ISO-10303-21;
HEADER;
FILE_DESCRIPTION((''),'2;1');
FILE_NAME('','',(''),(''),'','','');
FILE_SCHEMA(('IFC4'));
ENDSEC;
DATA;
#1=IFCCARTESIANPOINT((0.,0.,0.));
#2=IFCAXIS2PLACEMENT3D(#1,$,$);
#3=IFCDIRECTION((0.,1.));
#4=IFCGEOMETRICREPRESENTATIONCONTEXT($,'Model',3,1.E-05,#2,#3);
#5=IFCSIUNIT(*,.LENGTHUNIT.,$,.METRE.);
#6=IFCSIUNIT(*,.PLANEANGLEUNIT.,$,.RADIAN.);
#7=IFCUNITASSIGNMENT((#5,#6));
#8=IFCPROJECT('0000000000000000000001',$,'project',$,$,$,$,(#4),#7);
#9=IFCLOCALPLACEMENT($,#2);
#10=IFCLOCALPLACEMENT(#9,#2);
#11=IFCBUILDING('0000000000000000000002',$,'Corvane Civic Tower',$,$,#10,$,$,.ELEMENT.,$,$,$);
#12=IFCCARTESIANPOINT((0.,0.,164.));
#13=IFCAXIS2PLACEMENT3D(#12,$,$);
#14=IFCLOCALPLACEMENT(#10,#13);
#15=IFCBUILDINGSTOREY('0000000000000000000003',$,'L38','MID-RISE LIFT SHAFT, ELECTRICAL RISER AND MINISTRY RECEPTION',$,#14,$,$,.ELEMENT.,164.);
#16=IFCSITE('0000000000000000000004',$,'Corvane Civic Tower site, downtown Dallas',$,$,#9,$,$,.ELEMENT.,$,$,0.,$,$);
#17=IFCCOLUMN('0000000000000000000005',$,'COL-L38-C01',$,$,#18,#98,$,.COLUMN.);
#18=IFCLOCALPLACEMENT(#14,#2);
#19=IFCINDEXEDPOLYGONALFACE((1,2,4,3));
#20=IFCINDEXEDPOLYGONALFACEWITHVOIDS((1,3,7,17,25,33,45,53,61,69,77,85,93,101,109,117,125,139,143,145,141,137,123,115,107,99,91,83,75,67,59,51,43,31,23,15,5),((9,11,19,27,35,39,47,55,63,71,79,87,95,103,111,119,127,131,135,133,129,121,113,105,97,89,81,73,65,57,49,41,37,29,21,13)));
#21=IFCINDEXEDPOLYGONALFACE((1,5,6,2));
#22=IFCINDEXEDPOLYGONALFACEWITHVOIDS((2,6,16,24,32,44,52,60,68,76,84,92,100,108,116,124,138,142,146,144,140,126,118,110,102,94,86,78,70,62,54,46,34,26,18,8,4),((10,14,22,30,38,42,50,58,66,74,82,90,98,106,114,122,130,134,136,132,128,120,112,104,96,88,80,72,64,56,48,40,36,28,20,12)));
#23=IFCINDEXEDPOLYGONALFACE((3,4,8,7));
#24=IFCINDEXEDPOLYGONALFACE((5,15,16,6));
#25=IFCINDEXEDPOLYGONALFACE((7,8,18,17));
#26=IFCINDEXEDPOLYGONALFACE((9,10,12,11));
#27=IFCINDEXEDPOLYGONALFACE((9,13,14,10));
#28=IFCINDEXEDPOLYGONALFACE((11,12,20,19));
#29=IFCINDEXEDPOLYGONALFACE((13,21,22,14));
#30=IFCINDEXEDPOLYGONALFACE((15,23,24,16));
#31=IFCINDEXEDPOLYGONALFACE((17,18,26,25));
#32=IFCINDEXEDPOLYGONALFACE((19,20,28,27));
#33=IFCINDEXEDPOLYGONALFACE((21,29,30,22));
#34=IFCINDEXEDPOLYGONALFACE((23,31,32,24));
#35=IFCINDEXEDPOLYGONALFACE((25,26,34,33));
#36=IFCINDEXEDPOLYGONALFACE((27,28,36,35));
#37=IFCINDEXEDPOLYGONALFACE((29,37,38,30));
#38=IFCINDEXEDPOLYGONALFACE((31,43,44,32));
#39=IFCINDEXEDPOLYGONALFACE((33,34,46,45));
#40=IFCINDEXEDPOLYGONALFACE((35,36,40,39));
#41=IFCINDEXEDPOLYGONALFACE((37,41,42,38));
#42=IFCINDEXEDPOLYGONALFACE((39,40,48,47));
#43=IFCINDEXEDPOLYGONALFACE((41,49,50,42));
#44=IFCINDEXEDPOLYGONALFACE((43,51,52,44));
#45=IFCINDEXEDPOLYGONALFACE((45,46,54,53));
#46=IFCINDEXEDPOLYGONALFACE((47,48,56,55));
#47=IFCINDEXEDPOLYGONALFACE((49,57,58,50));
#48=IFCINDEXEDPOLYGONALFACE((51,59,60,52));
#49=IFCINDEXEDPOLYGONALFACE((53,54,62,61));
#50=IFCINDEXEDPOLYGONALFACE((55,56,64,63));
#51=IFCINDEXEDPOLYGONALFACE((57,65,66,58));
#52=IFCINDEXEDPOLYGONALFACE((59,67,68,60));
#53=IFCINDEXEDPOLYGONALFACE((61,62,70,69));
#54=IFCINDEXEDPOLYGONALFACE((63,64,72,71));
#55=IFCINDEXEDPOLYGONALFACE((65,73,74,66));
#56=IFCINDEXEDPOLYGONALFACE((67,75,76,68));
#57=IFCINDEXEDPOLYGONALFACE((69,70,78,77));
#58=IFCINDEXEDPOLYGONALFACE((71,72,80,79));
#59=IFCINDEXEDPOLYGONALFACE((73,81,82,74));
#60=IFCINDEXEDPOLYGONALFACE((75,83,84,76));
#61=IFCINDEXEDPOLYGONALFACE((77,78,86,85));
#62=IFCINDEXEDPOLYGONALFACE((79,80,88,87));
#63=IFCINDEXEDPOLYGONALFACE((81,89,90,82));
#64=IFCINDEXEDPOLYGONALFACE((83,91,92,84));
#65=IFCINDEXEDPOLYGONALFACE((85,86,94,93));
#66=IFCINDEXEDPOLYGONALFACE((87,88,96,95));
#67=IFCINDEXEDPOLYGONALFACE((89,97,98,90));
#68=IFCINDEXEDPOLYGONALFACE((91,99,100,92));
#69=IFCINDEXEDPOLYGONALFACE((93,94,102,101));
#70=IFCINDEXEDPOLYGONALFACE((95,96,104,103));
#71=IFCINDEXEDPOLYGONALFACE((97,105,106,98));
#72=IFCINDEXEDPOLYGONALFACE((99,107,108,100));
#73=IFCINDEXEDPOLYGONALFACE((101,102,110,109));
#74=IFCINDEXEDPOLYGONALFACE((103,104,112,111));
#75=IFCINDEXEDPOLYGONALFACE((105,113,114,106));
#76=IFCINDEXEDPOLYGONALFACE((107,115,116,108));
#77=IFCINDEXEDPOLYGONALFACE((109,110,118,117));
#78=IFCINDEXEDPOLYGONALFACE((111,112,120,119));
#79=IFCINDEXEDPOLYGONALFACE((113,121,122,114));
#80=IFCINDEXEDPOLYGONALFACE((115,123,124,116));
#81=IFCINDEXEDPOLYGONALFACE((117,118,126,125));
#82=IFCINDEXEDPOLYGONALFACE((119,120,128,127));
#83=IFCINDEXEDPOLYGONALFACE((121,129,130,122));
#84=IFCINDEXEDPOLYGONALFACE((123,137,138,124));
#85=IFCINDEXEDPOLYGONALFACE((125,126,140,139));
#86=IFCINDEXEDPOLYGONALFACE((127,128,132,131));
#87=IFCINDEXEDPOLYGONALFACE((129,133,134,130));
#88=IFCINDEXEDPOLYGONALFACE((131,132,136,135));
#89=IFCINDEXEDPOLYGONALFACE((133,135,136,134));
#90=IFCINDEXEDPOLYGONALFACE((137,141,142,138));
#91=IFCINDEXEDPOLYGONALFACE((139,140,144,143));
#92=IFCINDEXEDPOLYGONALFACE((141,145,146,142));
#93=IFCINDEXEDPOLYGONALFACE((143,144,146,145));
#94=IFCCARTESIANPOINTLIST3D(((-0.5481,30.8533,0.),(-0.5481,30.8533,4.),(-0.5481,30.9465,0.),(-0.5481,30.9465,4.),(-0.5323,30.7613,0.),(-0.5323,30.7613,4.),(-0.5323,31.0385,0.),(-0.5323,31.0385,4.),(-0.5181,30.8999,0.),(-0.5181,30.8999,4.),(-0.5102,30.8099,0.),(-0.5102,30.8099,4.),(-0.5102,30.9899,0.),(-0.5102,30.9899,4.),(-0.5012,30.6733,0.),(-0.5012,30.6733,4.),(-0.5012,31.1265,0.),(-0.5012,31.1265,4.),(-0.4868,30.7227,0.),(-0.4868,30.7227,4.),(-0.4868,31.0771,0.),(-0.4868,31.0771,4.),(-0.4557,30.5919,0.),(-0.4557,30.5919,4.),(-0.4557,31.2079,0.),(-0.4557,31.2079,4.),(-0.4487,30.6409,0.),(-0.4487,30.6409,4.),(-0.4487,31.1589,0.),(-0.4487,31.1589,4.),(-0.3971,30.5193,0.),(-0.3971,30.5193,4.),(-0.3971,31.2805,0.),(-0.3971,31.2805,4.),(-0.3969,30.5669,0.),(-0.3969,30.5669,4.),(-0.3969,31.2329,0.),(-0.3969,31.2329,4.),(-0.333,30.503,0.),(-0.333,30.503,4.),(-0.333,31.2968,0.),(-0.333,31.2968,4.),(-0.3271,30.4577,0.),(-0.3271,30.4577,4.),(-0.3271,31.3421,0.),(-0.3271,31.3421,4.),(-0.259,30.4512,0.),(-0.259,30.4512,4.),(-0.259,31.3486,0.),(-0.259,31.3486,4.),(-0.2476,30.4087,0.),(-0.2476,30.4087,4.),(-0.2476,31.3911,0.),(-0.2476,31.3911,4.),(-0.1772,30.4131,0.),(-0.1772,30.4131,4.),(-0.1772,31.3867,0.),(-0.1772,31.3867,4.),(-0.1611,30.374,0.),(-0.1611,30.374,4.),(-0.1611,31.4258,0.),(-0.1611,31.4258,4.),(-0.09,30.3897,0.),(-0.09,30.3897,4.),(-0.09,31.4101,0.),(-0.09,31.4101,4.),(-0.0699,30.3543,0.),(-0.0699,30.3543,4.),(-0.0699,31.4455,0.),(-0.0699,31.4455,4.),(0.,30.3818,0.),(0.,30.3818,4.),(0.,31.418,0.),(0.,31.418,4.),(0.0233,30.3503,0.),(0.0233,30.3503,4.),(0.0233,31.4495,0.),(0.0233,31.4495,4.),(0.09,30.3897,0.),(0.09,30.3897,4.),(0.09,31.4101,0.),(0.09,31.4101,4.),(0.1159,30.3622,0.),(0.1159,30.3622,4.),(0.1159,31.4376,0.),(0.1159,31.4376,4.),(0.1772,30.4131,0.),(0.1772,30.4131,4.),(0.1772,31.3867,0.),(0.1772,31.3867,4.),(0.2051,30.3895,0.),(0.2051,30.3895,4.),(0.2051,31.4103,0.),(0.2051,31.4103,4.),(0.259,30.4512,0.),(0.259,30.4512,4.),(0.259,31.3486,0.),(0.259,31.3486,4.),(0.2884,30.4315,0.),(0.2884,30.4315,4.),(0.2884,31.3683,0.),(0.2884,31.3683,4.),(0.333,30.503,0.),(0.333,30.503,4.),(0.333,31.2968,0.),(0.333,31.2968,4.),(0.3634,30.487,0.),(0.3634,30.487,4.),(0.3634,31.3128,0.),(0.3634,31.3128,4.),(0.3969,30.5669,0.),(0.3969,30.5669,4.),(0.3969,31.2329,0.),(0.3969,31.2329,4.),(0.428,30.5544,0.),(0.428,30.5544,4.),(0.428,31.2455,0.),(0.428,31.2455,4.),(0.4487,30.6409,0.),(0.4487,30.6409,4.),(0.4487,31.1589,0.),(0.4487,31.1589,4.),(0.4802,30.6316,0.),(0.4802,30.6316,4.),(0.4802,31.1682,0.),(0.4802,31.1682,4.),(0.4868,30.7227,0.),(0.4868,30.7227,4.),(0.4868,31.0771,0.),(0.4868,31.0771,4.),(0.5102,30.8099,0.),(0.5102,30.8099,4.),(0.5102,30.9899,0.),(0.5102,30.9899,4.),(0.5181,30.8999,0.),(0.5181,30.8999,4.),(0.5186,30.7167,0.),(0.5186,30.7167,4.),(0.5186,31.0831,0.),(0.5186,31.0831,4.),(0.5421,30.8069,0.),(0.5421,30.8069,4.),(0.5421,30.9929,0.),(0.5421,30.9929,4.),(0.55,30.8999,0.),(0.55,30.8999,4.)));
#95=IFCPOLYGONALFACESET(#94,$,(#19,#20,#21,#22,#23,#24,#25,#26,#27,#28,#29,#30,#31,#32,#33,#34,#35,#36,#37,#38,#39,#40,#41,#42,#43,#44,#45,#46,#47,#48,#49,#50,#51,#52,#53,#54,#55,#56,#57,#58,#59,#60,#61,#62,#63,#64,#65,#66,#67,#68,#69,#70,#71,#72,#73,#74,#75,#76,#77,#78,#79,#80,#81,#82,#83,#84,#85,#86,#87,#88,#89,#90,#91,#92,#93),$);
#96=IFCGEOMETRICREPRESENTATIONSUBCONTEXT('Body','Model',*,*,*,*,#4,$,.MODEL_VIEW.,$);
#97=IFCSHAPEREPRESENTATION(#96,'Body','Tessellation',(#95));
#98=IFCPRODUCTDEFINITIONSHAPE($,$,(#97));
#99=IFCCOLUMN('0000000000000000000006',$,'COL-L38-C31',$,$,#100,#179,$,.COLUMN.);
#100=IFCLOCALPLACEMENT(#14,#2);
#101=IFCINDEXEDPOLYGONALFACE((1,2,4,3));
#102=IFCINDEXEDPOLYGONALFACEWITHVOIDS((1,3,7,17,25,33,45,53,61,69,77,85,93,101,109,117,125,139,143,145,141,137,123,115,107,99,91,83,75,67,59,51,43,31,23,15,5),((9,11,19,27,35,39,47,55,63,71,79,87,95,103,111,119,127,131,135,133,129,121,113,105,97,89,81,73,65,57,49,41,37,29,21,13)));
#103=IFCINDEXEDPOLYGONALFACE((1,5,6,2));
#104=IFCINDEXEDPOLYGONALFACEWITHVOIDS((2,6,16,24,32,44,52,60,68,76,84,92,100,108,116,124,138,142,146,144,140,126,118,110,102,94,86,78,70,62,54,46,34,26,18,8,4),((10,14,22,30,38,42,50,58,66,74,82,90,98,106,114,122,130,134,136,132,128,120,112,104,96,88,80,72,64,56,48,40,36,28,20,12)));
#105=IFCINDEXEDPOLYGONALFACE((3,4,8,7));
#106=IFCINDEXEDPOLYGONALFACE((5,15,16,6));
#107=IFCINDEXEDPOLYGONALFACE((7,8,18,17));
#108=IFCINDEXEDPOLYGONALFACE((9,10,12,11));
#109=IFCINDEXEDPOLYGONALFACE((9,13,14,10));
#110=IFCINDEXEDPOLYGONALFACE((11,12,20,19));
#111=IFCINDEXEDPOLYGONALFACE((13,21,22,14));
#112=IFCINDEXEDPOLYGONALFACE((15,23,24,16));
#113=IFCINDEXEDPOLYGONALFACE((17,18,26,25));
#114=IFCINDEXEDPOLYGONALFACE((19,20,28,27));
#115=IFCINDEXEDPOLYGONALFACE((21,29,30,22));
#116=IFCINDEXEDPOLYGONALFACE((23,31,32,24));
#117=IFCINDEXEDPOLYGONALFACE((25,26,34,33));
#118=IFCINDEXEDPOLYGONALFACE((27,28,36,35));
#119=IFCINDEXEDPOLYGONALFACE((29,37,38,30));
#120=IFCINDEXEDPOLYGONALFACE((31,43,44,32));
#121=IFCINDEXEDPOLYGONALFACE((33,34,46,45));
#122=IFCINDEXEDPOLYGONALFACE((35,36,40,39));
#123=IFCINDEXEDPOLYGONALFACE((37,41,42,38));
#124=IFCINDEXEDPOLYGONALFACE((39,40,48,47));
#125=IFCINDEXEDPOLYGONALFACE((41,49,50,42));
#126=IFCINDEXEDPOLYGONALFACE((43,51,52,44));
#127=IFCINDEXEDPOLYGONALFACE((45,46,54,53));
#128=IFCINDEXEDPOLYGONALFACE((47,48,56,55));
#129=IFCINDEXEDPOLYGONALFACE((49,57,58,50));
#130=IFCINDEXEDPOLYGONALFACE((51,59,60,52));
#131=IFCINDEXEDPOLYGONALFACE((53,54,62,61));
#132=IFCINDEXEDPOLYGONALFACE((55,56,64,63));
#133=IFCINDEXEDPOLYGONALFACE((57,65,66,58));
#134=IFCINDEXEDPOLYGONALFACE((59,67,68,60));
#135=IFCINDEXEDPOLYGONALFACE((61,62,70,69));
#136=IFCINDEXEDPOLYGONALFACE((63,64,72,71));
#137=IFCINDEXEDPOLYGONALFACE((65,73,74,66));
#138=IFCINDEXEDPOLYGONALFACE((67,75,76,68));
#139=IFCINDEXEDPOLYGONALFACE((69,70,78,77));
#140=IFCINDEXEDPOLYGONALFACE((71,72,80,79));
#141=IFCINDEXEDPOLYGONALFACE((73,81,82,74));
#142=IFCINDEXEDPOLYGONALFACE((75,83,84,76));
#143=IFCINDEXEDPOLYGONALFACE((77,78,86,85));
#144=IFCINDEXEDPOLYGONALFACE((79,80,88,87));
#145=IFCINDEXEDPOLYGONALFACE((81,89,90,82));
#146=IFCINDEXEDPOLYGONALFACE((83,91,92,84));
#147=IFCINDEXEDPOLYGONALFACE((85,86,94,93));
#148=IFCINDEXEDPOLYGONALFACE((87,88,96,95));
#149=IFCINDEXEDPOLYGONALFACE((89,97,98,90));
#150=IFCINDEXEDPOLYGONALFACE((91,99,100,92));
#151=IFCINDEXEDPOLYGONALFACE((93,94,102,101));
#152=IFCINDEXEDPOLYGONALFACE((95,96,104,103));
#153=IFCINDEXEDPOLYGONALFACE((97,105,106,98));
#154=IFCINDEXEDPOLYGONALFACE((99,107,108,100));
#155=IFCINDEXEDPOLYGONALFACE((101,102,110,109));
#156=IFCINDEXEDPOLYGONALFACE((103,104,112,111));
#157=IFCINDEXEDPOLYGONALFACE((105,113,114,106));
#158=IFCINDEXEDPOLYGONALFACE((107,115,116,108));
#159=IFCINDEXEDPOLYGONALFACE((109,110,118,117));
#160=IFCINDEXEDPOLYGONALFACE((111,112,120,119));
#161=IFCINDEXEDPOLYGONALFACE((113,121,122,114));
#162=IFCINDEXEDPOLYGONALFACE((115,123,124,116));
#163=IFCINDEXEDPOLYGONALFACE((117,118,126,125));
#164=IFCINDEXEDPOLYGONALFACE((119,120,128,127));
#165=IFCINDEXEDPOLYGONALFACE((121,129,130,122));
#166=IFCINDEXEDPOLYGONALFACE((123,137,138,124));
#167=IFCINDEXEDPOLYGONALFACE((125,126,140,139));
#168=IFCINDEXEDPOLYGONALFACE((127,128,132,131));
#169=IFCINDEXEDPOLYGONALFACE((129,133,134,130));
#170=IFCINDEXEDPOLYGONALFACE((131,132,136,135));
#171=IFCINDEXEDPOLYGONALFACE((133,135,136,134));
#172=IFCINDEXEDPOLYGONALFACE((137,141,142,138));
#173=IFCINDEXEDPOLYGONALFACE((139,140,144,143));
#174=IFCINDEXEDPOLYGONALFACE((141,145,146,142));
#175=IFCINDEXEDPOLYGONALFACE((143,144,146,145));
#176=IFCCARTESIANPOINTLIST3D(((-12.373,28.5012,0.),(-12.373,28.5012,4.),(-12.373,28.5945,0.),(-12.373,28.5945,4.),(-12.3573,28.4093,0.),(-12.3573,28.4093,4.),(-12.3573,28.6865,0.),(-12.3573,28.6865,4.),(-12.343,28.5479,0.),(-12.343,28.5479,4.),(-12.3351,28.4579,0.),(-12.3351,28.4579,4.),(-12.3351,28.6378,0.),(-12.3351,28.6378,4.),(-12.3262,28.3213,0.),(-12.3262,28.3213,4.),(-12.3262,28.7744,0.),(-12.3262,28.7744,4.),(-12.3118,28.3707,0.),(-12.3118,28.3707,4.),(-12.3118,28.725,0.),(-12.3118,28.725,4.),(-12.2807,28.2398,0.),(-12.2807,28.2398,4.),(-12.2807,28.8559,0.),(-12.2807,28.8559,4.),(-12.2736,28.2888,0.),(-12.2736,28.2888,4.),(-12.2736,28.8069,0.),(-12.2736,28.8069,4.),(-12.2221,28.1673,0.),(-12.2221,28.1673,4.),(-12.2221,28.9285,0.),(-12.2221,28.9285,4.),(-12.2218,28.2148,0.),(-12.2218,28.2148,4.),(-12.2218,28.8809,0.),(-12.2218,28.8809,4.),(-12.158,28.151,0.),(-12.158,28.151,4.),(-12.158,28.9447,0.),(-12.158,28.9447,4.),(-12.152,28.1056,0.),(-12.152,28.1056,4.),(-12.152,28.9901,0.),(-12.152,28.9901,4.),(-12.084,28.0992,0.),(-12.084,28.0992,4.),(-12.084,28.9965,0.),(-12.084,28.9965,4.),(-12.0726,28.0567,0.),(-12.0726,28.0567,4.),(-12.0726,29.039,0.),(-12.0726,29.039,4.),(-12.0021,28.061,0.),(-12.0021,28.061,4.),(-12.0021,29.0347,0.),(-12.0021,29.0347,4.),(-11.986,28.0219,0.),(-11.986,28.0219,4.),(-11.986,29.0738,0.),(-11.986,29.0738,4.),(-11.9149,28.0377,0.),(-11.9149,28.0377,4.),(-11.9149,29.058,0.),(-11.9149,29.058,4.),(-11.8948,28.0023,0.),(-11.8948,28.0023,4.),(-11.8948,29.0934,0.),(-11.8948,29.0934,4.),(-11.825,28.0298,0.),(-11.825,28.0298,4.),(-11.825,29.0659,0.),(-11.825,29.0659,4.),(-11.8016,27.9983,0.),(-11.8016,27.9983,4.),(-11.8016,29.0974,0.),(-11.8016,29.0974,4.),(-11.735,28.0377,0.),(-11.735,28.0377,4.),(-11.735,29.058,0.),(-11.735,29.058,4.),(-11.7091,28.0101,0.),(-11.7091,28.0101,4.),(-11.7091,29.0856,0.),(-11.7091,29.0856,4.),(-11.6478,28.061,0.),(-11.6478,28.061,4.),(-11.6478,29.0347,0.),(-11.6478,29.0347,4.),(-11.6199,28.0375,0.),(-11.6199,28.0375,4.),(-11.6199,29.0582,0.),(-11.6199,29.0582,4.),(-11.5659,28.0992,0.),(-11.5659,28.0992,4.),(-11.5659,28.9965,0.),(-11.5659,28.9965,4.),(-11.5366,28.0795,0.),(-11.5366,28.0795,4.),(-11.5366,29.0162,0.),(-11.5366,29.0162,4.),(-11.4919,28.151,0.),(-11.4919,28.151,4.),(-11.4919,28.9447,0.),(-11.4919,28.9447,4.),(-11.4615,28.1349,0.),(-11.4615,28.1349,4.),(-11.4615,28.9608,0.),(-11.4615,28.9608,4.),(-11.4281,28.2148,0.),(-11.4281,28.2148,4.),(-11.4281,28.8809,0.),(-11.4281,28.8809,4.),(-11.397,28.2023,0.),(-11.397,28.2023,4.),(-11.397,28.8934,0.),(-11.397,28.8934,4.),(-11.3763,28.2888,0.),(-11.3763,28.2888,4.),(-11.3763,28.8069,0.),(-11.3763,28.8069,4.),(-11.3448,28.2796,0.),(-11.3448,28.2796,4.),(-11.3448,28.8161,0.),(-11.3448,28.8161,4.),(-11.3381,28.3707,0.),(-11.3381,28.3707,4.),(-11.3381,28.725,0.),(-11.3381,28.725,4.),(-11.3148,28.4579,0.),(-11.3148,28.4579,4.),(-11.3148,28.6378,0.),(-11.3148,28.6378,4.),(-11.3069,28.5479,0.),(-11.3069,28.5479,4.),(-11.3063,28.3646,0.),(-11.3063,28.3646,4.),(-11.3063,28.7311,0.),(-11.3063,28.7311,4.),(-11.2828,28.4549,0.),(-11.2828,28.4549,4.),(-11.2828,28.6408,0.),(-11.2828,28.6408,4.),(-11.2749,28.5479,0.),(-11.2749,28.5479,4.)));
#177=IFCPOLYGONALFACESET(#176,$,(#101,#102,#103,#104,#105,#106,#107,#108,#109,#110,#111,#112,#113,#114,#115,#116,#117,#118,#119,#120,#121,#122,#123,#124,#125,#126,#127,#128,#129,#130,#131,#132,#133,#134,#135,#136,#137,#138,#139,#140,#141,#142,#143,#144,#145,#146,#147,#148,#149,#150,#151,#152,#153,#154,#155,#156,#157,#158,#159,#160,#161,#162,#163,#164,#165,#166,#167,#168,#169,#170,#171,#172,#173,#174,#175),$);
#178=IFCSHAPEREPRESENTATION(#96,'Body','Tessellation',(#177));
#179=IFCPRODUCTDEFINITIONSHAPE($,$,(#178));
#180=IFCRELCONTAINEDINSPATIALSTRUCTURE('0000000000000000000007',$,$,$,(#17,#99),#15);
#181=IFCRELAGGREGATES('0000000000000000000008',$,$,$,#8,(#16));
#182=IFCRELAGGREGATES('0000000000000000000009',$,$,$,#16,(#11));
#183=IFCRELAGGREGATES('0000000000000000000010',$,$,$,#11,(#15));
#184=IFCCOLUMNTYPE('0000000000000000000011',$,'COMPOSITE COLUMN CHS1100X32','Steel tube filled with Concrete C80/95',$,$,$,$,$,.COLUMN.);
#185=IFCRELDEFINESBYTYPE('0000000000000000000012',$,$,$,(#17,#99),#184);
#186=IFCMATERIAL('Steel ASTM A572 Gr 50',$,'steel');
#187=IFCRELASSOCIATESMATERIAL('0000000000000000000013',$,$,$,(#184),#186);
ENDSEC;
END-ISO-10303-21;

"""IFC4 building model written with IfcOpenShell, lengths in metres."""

from ifc_helpers import new_model, si_unit, direction, frame, origin, origin_2d, place, context, subcontext, project, spatial, hollow_circle, extrude, material, material_profile, profile_set, type_object, element, save


model = new_model("IFC4")

# Units and contexts
model_context = context("Model", 3, precision=1e-05, world=origin(), true_north=direction((0.0, 1.0)))
body_context = subcontext(model_context, "Body", "Model", "MODEL_VIEW")
ifc_project = project(units=[si_unit("LENGTHUNIT", "METRE"), si_unit("PLANEANGLEUNIT", "RADIAN")], contexts=[model_context])

# Site, building, storey
site_placement = place(None, origin())
site = spatial("IfcSite", under=ifc_project, at=site_placement, Name="Corvane Civic Tower site, downtown Dallas", CompositionType="ELEMENT", RefElevation=0.0)
building_placement = place(site_placement, origin())
building = spatial("IfcBuilding", under=site, at=building_placement, Name="Corvane Civic Tower", CompositionType="ELEMENT")
storey_placement = place(building_placement, frame((0.0, 0.0, 164.0)))
storey = spatial("IfcBuildingStorey", under=building, at=storey_placement, Name="L38", Description="MID-RISE LIFT SHAFT, ELECTRICAL RISER AND MINISTRY RECEPTION", CompositionType="ELEMENT", Elevation=164.0)

# Columns
ifc_material_1 = material(Name="Steel ASTM A572 Gr 50", Category="steel")
ifc_material_profile_1 = material_profile(ifc_material_1, hollow_circle(Radius=0.55, WallThickness=0.032, at=origin_2d()), Name="CHS1100X32")
ifc_profile_set_1 = profile_set([ifc_material_profile_1], Name="Steel ASTM A572 Gr 50")
column_type = type_object("IfcColumnType", Name="COMPOSITE COLUMN CHS1100X32", Description="Steel tube filled with Concrete C80/95", PredefinedType="COLUMN", material=ifc_profile_set_1)
for number, where, z_axis, x_axis, name in (
    (1, (0.0, 30.8999, 0.0), (0.0, 0.0, 1.0), (1.0, 0.0, 0.0), "COL-L38-C01"),
    (2, (-11.825, 28.5479, 0.0), (0.0, 0.0, 1.0), (1.0, 0.0, 0.0), "COL-L38-C31"),
):
    element("IfcColumn", number, at=place(storey_placement, frame(where, z_axis=z_axis, x_axis=x_axis)), inside=storey, type_object=column_type, Name=name, PredefinedType="COLUMN", context=body_context, shape_type="SweptSolid", body=[
        extrude(hollow_circle(Radius=0.55, WallThickness=0.032, at=origin_2d()), origin(), (0.0, 0.0, 1.0), 4.0),
    ])

save(model, "model.ifc")
